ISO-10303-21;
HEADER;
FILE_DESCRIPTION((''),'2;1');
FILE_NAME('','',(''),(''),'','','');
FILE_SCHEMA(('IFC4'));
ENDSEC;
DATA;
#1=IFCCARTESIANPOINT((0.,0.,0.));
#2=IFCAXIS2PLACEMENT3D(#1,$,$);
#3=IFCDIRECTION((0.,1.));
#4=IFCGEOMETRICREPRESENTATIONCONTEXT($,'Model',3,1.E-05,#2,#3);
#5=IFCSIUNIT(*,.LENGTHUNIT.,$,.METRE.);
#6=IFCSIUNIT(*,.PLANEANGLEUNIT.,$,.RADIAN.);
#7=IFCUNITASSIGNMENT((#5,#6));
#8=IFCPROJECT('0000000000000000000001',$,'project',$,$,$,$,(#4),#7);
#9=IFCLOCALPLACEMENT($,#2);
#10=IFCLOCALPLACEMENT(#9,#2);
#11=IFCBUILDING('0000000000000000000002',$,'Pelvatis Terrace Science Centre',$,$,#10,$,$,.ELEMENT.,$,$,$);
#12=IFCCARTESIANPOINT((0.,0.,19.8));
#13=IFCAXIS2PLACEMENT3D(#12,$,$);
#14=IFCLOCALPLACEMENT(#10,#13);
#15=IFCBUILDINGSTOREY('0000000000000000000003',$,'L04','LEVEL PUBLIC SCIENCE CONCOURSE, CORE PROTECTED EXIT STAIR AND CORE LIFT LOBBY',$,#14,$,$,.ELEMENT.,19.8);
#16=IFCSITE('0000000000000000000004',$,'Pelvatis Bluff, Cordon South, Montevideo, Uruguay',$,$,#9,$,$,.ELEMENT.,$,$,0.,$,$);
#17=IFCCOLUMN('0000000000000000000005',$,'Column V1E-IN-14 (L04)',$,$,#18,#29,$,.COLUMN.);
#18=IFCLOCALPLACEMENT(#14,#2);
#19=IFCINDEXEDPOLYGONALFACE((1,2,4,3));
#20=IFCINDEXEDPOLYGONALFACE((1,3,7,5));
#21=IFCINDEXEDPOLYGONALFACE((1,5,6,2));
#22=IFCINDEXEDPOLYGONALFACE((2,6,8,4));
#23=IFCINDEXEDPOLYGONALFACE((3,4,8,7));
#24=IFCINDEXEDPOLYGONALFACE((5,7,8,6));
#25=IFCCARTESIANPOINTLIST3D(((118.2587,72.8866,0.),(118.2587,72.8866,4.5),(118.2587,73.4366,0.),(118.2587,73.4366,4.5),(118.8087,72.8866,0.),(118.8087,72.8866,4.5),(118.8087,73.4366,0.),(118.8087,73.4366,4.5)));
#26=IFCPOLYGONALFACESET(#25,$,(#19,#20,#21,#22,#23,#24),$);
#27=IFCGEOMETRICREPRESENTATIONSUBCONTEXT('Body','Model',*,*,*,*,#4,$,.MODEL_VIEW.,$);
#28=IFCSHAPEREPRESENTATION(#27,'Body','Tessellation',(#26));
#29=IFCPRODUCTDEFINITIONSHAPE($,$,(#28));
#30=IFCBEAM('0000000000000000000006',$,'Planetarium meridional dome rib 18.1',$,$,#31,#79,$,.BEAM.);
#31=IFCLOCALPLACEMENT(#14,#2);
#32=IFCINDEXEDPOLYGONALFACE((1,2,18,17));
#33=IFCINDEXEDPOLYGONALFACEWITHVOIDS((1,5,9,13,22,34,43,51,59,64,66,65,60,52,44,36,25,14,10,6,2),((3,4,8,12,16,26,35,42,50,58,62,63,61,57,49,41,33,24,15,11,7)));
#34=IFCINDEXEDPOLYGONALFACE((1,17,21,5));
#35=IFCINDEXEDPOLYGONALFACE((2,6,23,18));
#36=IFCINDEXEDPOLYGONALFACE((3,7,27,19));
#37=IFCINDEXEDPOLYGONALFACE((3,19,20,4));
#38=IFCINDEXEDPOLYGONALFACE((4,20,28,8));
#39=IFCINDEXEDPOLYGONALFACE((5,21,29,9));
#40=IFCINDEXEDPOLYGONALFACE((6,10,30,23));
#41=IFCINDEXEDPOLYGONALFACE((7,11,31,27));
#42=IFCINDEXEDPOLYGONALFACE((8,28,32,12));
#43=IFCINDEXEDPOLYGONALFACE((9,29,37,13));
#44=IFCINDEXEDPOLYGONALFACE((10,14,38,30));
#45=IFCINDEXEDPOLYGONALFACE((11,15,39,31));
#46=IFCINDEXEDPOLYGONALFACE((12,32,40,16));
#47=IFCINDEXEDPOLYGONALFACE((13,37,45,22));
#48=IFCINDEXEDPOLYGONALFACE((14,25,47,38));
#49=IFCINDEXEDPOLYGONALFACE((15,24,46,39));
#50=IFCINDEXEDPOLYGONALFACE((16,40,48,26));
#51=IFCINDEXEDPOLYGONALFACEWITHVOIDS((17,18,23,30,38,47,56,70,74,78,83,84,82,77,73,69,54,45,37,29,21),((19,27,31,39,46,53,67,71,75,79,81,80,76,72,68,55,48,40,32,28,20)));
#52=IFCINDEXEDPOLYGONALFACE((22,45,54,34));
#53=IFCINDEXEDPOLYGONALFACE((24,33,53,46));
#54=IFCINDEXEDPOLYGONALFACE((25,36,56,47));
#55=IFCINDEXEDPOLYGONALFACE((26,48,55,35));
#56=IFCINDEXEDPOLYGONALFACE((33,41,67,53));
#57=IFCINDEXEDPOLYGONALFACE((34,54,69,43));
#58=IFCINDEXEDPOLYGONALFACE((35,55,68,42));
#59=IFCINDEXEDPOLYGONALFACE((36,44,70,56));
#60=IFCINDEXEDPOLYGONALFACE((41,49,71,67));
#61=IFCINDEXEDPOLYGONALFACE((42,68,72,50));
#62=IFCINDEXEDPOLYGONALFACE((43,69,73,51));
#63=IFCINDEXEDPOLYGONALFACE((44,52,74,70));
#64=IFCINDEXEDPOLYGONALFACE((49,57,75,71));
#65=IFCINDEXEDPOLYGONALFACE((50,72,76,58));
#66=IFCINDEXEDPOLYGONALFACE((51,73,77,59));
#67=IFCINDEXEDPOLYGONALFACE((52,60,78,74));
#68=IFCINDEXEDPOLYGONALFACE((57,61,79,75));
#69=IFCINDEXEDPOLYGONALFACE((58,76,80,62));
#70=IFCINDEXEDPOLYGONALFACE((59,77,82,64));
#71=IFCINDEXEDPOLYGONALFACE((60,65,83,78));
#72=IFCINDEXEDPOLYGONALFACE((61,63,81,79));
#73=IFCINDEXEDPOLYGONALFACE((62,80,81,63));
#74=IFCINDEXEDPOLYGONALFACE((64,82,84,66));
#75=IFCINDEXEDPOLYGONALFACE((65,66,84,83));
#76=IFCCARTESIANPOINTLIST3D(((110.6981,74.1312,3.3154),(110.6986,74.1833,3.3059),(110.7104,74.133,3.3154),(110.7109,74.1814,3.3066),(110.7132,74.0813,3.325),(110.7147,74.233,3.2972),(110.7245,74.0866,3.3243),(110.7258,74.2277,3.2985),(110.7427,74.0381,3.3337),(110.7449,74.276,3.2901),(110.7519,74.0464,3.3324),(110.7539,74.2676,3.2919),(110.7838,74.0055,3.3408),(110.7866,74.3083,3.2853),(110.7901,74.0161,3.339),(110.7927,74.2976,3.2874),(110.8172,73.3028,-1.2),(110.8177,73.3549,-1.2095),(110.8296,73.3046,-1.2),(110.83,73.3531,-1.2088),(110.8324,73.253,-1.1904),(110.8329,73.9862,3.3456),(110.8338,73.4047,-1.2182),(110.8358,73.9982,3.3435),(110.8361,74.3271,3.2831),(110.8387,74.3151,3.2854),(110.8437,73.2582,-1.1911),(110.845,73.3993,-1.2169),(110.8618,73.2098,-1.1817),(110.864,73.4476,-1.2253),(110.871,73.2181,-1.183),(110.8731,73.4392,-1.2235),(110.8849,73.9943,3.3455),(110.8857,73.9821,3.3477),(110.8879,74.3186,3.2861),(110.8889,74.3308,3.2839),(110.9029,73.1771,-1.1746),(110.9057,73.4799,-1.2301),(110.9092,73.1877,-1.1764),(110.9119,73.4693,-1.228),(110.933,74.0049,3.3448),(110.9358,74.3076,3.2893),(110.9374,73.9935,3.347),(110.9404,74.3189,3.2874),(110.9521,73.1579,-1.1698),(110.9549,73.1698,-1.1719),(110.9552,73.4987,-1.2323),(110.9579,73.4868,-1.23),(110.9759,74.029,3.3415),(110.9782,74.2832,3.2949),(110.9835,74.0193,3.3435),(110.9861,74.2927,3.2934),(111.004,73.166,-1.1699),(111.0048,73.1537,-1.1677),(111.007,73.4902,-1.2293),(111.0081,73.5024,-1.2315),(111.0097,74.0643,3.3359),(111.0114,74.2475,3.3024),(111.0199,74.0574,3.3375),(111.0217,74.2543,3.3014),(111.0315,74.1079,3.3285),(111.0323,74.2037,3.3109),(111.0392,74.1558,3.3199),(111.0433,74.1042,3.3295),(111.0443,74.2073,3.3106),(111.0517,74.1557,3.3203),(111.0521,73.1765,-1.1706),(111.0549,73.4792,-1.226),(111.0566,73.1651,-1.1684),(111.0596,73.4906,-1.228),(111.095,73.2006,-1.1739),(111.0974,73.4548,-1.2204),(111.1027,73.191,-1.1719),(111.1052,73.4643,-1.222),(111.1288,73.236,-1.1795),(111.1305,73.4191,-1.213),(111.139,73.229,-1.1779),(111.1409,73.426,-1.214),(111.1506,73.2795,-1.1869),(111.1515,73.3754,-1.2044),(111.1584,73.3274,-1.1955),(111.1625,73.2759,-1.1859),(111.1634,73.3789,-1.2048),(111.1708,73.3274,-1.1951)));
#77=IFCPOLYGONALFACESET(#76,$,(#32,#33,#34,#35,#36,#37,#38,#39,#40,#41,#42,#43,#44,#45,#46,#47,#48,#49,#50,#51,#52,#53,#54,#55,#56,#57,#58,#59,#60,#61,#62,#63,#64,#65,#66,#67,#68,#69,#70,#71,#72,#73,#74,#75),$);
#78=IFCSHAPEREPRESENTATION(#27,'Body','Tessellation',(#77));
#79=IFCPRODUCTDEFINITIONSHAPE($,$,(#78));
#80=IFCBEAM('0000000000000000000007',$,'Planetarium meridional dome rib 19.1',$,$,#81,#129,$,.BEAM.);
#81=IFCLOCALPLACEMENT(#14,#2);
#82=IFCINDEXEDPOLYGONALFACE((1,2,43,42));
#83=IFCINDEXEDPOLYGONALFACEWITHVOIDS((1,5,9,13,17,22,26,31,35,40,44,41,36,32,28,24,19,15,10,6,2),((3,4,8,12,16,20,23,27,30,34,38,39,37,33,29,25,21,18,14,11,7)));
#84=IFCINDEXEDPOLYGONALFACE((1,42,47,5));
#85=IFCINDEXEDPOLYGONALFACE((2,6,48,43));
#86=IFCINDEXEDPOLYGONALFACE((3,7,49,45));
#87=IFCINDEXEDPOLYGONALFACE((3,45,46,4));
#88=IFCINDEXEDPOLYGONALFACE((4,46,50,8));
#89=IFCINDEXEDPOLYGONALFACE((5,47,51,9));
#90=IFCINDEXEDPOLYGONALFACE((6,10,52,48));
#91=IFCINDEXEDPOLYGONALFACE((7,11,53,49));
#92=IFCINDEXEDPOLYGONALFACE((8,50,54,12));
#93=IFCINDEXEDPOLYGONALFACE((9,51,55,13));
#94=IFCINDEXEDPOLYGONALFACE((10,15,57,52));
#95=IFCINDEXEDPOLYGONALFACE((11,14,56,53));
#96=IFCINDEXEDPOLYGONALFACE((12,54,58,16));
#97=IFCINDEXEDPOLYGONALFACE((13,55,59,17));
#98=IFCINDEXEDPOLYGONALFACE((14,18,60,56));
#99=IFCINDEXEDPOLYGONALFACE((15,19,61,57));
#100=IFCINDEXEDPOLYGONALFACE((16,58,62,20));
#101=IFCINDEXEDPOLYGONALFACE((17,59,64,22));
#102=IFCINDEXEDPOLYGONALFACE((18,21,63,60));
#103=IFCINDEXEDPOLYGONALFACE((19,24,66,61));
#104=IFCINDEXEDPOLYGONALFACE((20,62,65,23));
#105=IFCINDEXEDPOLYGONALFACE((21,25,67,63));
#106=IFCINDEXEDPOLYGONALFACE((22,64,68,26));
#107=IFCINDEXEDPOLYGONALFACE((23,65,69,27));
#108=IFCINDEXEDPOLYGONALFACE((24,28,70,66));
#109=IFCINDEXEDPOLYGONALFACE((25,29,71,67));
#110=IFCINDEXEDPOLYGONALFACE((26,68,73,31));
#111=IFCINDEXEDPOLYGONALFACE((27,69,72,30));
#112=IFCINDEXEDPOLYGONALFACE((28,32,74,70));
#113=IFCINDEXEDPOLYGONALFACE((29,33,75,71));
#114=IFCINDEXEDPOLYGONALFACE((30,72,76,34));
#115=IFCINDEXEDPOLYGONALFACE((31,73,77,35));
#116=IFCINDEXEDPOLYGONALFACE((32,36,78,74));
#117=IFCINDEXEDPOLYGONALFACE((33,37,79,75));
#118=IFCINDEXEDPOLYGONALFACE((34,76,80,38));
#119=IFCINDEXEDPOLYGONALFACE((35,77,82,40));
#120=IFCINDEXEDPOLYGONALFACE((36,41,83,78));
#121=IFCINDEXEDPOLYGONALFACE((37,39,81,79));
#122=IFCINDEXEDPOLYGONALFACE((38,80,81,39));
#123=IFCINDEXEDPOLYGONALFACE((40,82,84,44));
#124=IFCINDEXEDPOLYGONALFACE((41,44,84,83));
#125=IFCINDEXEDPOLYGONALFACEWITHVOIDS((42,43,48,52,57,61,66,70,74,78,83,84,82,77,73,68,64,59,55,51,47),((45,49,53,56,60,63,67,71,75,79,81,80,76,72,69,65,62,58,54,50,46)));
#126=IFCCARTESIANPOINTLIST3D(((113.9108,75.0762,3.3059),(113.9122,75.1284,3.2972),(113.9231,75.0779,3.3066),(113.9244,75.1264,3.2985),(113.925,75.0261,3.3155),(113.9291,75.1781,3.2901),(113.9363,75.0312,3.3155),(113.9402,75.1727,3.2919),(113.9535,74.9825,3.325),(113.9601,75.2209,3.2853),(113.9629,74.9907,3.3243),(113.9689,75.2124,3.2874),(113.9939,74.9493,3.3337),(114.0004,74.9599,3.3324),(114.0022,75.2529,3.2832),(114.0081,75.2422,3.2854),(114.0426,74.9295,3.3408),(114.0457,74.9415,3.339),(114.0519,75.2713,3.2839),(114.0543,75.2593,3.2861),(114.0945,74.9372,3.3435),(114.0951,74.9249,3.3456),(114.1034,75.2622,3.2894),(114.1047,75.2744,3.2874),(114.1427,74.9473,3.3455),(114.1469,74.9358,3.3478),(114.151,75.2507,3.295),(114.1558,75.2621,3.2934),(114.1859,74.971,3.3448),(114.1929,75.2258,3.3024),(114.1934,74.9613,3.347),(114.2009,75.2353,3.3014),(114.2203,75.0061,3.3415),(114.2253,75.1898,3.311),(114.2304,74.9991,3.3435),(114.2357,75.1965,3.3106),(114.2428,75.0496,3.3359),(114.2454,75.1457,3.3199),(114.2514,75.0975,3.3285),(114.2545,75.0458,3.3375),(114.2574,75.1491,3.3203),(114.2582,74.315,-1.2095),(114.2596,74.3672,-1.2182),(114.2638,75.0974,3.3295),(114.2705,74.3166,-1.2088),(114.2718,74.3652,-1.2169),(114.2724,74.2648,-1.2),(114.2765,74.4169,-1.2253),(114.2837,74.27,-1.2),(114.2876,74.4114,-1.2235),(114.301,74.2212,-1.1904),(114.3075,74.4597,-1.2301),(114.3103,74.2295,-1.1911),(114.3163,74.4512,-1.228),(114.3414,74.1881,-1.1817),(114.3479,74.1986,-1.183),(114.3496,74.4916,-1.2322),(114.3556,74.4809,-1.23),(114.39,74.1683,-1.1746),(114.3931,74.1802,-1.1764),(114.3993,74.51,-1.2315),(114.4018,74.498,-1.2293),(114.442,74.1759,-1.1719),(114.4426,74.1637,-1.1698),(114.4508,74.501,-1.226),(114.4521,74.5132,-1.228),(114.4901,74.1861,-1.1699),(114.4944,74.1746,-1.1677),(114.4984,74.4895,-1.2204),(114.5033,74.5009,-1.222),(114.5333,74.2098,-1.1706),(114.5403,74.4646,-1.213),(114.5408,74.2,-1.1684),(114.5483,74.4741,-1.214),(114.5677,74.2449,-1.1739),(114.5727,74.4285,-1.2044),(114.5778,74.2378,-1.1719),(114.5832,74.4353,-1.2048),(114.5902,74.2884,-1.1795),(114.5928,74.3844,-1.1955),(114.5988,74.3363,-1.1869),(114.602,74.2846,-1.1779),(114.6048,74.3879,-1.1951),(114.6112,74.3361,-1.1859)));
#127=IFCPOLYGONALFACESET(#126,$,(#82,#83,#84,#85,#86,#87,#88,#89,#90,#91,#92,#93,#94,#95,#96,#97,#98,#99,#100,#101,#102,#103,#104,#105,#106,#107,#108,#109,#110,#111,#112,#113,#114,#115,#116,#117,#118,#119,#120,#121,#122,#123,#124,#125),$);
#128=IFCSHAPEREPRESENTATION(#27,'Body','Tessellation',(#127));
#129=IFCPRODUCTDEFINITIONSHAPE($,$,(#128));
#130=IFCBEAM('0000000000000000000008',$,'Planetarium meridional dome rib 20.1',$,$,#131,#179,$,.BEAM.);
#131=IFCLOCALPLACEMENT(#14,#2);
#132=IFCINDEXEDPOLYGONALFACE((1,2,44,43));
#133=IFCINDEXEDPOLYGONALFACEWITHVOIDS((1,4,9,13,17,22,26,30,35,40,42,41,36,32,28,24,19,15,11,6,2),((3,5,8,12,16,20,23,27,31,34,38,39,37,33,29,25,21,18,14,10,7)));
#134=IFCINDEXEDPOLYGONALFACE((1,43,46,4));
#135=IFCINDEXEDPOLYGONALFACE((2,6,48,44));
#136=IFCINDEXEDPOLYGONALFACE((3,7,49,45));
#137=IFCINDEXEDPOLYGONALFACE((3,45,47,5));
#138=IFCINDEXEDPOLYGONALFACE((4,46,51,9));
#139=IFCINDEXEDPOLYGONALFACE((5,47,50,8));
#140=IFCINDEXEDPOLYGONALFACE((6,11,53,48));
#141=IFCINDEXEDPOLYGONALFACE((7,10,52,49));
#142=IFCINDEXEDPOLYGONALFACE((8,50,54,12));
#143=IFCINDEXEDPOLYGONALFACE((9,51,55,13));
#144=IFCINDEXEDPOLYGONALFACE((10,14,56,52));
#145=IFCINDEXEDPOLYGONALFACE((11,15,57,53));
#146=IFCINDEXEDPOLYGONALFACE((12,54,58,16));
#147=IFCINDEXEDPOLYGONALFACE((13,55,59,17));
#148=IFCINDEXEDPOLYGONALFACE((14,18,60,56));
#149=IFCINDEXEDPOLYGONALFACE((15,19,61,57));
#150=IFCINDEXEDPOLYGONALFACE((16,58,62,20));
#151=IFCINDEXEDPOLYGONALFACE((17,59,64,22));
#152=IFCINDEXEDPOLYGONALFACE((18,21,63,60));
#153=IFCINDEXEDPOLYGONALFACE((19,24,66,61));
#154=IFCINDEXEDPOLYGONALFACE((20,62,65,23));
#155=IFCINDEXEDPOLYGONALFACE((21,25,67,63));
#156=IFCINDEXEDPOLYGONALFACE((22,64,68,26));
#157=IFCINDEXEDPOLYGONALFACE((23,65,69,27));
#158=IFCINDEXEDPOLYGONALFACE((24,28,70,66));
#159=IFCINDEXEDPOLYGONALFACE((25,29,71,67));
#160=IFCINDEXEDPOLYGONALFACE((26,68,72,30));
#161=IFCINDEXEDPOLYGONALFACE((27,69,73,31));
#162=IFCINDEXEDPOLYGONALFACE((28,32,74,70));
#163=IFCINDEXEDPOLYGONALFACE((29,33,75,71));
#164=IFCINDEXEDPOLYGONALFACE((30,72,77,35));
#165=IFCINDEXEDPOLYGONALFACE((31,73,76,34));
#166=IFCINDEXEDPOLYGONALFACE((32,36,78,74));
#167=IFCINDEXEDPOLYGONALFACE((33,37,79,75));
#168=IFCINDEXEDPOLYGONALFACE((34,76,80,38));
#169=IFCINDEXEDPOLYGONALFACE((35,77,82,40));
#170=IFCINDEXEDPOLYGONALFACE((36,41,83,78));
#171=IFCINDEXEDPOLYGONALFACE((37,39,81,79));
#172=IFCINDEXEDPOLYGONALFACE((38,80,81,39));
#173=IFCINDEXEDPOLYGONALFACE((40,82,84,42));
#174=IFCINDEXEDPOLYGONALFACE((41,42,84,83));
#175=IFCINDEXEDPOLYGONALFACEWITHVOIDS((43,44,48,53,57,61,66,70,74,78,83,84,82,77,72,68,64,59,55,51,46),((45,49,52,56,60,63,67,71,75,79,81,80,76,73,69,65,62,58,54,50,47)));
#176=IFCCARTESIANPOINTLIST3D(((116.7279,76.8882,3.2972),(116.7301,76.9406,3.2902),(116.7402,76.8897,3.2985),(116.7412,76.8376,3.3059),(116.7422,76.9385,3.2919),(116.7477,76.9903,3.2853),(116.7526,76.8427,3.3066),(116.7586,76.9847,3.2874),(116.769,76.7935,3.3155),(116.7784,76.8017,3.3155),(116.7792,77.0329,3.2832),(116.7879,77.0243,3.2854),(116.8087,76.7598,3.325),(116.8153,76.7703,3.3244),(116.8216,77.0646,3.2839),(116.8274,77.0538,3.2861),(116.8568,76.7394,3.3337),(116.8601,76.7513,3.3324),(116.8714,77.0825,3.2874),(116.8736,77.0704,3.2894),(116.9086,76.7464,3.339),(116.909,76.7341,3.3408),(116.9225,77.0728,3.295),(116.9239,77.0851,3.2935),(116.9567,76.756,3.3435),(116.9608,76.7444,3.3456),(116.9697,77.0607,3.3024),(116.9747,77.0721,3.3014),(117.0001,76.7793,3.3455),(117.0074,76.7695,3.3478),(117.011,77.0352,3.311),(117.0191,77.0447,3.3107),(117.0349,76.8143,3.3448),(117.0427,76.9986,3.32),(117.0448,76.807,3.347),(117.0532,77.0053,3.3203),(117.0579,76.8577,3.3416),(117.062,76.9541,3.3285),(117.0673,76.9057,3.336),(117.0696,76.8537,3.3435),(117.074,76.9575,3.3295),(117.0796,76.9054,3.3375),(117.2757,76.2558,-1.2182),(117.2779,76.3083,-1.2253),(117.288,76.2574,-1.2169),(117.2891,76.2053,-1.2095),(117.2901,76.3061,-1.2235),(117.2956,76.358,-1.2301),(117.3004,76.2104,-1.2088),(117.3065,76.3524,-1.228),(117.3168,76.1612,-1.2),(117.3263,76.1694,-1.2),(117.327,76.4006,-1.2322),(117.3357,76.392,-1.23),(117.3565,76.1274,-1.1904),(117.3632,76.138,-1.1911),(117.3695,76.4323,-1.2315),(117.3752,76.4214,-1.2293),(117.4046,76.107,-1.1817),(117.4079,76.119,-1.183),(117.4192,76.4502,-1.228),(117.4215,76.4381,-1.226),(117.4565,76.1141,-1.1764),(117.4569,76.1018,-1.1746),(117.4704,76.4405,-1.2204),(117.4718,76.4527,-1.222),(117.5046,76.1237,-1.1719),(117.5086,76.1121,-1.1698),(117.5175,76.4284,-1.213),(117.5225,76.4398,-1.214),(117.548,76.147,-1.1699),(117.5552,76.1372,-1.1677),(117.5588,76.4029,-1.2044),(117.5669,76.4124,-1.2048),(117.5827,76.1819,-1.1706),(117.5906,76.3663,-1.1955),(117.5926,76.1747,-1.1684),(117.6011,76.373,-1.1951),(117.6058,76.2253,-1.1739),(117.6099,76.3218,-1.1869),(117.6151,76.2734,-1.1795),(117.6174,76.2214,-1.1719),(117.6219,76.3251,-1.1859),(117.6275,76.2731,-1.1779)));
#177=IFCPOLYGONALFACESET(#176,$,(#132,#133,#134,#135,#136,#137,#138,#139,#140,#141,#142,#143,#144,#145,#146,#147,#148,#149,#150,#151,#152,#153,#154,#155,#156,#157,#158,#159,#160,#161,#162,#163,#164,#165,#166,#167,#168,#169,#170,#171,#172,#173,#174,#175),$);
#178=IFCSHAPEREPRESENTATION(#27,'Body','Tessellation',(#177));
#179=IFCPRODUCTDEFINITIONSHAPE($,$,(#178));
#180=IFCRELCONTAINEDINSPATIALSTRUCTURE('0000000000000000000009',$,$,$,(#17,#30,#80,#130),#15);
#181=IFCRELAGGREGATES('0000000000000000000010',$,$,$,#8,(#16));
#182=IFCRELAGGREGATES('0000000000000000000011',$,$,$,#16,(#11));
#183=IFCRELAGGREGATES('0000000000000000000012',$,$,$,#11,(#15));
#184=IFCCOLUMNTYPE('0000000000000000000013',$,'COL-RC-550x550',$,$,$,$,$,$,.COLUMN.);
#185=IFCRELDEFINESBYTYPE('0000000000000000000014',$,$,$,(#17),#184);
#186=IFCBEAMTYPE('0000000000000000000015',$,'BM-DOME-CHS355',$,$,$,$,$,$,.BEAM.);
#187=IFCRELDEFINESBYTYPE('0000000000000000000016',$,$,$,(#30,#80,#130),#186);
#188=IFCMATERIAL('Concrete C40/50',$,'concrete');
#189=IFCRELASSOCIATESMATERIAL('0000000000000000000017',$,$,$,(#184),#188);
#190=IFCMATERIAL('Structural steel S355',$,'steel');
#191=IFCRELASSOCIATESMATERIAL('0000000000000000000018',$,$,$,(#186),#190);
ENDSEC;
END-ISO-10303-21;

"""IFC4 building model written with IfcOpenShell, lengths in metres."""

from ifc_helpers import new_model, si_unit, direction, frame, origin, origin_2d, place, context, subcontext, project, spatial, rectangle, hollow_circle, extrude, material, material_profile, profile_set, type_object, element, save


model = new_model("IFC4")

# Units and contexts
model_context = context("Model", 3, precision=1e-05, world=origin(), true_north=direction((0.0, 1.0)))
body_context = subcontext(model_context, "Body", "Model", "MODEL_VIEW")
ifc_project = project(units=[si_unit("LENGTHUNIT", "METRE"), si_unit("PLANEANGLEUNIT", "RADIAN")], contexts=[model_context])

# Site, building, storey
site_placement = place(None, origin())
site = spatial("IfcSite", under=ifc_project, at=site_placement, Name="Pelvatis Bluff, Cordon South, Montevideo, Uruguay", CompositionType="ELEMENT", RefElevation=0.0)
building_placement = place(site_placement, origin())
building = spatial("IfcBuilding", under=site, at=building_placement, Name="Pelvatis Terrace Science Centre", CompositionType="ELEMENT")
storey_placement = place(building_placement, frame((0.0, 0.0, 19.8)))
storey = spatial("IfcBuildingStorey", under=building, at=storey_placement, Name="L04", Description="LEVEL PUBLIC SCIENCE CONCOURSE, CORE PROTECTED EXIT STAIR AND CORE LIFT LOBBY", CompositionType="ELEMENT", Elevation=19.8)

# Column
ifc_material_1 = material(Name="Concrete C40/50", Category="concrete")
ifc_material_profile_1 = material_profile(ifc_material_1, rectangle(XDim=0.55, YDim=0.55, at=origin_2d()), Name="RC-COL 550x550")
ifc_profile_set_1 = profile_set([ifc_material_profile_1], Name="Concrete C40/50")
column_type = type_object("IfcColumnType", Name="COL-RC-550x550", PredefinedType="COLUMN", material=ifc_profile_set_1)
column_placement = place(storey_placement, frame((118.5337, 73.1616, 0.0), z_axis=(0.0, 0.0, 1.0), x_axis=(1.0, 0.0, 0.0)))
element("IfcColumn", 1, at=column_placement, inside=storey, type_object=column_type, Name="Column V1E-IN-14 (L04)", PredefinedType="COLUMN", context=body_context, shape_type="SweptSolid", body=[
    extrude(rectangle(XDim=0.55, YDim=0.55, at=origin_2d()), origin(), (0.0, 0.0, 1.0), 4.5),
])

# Beams
ifc_material_2 = material(Name="Structural steel S355", Category="steel")
ifc_material_profile_2 = material_profile(ifc_material_2, hollow_circle(Radius=0.1777, WallThickness=0.0125, at=origin_2d()), Name="CHS 355.6x12.5")
ifc_profile_set_2 = profile_set([ifc_material_profile_2], Name="Structural steel S355")
beam_type_1 = type_object("IfcBeamType", Name="BM-DOME-CHS355", PredefinedType="BEAM", material=ifc_profile_set_2)
for number, where, z_axis, x_axis, name in (
    (2, (110.9932, 73.3281, -1.2), (-0.025944, 0.180383, 0.983254), (-0.989815, -0.142361, 0.0), "Planetarium meridional dome rib 18.1"),
    (3, (114.4341, 74.3386, -1.2), (-0.075652, 0.165764, 0.983259), (-0.909736, -0.415187, 0.0), "Planetarium meridional dome rib 19.1"),
    (4, (117.4512, 76.2776, -1.2), (-0.119299, 0.137694, 0.983264), (-0.755785, -0.654819, 0.0), "Planetarium meridional dome rib 20.1"),
):
    element("IfcBeam", number, at=place(storey_placement, frame(where, z_axis=z_axis, x_axis=x_axis)), inside=storey, type_object=beam_type_1, Name=name, PredefinedType="BEAM", context=body_context, shape_type="SweptSolid", body=[
        extrude(hollow_circle(Radius=0.1777, WallThickness=0.0125, at=origin_2d()), origin(), (0.0, 0.0, 1.0), 4.5923),
    ])

save(model, "model.ifc")
